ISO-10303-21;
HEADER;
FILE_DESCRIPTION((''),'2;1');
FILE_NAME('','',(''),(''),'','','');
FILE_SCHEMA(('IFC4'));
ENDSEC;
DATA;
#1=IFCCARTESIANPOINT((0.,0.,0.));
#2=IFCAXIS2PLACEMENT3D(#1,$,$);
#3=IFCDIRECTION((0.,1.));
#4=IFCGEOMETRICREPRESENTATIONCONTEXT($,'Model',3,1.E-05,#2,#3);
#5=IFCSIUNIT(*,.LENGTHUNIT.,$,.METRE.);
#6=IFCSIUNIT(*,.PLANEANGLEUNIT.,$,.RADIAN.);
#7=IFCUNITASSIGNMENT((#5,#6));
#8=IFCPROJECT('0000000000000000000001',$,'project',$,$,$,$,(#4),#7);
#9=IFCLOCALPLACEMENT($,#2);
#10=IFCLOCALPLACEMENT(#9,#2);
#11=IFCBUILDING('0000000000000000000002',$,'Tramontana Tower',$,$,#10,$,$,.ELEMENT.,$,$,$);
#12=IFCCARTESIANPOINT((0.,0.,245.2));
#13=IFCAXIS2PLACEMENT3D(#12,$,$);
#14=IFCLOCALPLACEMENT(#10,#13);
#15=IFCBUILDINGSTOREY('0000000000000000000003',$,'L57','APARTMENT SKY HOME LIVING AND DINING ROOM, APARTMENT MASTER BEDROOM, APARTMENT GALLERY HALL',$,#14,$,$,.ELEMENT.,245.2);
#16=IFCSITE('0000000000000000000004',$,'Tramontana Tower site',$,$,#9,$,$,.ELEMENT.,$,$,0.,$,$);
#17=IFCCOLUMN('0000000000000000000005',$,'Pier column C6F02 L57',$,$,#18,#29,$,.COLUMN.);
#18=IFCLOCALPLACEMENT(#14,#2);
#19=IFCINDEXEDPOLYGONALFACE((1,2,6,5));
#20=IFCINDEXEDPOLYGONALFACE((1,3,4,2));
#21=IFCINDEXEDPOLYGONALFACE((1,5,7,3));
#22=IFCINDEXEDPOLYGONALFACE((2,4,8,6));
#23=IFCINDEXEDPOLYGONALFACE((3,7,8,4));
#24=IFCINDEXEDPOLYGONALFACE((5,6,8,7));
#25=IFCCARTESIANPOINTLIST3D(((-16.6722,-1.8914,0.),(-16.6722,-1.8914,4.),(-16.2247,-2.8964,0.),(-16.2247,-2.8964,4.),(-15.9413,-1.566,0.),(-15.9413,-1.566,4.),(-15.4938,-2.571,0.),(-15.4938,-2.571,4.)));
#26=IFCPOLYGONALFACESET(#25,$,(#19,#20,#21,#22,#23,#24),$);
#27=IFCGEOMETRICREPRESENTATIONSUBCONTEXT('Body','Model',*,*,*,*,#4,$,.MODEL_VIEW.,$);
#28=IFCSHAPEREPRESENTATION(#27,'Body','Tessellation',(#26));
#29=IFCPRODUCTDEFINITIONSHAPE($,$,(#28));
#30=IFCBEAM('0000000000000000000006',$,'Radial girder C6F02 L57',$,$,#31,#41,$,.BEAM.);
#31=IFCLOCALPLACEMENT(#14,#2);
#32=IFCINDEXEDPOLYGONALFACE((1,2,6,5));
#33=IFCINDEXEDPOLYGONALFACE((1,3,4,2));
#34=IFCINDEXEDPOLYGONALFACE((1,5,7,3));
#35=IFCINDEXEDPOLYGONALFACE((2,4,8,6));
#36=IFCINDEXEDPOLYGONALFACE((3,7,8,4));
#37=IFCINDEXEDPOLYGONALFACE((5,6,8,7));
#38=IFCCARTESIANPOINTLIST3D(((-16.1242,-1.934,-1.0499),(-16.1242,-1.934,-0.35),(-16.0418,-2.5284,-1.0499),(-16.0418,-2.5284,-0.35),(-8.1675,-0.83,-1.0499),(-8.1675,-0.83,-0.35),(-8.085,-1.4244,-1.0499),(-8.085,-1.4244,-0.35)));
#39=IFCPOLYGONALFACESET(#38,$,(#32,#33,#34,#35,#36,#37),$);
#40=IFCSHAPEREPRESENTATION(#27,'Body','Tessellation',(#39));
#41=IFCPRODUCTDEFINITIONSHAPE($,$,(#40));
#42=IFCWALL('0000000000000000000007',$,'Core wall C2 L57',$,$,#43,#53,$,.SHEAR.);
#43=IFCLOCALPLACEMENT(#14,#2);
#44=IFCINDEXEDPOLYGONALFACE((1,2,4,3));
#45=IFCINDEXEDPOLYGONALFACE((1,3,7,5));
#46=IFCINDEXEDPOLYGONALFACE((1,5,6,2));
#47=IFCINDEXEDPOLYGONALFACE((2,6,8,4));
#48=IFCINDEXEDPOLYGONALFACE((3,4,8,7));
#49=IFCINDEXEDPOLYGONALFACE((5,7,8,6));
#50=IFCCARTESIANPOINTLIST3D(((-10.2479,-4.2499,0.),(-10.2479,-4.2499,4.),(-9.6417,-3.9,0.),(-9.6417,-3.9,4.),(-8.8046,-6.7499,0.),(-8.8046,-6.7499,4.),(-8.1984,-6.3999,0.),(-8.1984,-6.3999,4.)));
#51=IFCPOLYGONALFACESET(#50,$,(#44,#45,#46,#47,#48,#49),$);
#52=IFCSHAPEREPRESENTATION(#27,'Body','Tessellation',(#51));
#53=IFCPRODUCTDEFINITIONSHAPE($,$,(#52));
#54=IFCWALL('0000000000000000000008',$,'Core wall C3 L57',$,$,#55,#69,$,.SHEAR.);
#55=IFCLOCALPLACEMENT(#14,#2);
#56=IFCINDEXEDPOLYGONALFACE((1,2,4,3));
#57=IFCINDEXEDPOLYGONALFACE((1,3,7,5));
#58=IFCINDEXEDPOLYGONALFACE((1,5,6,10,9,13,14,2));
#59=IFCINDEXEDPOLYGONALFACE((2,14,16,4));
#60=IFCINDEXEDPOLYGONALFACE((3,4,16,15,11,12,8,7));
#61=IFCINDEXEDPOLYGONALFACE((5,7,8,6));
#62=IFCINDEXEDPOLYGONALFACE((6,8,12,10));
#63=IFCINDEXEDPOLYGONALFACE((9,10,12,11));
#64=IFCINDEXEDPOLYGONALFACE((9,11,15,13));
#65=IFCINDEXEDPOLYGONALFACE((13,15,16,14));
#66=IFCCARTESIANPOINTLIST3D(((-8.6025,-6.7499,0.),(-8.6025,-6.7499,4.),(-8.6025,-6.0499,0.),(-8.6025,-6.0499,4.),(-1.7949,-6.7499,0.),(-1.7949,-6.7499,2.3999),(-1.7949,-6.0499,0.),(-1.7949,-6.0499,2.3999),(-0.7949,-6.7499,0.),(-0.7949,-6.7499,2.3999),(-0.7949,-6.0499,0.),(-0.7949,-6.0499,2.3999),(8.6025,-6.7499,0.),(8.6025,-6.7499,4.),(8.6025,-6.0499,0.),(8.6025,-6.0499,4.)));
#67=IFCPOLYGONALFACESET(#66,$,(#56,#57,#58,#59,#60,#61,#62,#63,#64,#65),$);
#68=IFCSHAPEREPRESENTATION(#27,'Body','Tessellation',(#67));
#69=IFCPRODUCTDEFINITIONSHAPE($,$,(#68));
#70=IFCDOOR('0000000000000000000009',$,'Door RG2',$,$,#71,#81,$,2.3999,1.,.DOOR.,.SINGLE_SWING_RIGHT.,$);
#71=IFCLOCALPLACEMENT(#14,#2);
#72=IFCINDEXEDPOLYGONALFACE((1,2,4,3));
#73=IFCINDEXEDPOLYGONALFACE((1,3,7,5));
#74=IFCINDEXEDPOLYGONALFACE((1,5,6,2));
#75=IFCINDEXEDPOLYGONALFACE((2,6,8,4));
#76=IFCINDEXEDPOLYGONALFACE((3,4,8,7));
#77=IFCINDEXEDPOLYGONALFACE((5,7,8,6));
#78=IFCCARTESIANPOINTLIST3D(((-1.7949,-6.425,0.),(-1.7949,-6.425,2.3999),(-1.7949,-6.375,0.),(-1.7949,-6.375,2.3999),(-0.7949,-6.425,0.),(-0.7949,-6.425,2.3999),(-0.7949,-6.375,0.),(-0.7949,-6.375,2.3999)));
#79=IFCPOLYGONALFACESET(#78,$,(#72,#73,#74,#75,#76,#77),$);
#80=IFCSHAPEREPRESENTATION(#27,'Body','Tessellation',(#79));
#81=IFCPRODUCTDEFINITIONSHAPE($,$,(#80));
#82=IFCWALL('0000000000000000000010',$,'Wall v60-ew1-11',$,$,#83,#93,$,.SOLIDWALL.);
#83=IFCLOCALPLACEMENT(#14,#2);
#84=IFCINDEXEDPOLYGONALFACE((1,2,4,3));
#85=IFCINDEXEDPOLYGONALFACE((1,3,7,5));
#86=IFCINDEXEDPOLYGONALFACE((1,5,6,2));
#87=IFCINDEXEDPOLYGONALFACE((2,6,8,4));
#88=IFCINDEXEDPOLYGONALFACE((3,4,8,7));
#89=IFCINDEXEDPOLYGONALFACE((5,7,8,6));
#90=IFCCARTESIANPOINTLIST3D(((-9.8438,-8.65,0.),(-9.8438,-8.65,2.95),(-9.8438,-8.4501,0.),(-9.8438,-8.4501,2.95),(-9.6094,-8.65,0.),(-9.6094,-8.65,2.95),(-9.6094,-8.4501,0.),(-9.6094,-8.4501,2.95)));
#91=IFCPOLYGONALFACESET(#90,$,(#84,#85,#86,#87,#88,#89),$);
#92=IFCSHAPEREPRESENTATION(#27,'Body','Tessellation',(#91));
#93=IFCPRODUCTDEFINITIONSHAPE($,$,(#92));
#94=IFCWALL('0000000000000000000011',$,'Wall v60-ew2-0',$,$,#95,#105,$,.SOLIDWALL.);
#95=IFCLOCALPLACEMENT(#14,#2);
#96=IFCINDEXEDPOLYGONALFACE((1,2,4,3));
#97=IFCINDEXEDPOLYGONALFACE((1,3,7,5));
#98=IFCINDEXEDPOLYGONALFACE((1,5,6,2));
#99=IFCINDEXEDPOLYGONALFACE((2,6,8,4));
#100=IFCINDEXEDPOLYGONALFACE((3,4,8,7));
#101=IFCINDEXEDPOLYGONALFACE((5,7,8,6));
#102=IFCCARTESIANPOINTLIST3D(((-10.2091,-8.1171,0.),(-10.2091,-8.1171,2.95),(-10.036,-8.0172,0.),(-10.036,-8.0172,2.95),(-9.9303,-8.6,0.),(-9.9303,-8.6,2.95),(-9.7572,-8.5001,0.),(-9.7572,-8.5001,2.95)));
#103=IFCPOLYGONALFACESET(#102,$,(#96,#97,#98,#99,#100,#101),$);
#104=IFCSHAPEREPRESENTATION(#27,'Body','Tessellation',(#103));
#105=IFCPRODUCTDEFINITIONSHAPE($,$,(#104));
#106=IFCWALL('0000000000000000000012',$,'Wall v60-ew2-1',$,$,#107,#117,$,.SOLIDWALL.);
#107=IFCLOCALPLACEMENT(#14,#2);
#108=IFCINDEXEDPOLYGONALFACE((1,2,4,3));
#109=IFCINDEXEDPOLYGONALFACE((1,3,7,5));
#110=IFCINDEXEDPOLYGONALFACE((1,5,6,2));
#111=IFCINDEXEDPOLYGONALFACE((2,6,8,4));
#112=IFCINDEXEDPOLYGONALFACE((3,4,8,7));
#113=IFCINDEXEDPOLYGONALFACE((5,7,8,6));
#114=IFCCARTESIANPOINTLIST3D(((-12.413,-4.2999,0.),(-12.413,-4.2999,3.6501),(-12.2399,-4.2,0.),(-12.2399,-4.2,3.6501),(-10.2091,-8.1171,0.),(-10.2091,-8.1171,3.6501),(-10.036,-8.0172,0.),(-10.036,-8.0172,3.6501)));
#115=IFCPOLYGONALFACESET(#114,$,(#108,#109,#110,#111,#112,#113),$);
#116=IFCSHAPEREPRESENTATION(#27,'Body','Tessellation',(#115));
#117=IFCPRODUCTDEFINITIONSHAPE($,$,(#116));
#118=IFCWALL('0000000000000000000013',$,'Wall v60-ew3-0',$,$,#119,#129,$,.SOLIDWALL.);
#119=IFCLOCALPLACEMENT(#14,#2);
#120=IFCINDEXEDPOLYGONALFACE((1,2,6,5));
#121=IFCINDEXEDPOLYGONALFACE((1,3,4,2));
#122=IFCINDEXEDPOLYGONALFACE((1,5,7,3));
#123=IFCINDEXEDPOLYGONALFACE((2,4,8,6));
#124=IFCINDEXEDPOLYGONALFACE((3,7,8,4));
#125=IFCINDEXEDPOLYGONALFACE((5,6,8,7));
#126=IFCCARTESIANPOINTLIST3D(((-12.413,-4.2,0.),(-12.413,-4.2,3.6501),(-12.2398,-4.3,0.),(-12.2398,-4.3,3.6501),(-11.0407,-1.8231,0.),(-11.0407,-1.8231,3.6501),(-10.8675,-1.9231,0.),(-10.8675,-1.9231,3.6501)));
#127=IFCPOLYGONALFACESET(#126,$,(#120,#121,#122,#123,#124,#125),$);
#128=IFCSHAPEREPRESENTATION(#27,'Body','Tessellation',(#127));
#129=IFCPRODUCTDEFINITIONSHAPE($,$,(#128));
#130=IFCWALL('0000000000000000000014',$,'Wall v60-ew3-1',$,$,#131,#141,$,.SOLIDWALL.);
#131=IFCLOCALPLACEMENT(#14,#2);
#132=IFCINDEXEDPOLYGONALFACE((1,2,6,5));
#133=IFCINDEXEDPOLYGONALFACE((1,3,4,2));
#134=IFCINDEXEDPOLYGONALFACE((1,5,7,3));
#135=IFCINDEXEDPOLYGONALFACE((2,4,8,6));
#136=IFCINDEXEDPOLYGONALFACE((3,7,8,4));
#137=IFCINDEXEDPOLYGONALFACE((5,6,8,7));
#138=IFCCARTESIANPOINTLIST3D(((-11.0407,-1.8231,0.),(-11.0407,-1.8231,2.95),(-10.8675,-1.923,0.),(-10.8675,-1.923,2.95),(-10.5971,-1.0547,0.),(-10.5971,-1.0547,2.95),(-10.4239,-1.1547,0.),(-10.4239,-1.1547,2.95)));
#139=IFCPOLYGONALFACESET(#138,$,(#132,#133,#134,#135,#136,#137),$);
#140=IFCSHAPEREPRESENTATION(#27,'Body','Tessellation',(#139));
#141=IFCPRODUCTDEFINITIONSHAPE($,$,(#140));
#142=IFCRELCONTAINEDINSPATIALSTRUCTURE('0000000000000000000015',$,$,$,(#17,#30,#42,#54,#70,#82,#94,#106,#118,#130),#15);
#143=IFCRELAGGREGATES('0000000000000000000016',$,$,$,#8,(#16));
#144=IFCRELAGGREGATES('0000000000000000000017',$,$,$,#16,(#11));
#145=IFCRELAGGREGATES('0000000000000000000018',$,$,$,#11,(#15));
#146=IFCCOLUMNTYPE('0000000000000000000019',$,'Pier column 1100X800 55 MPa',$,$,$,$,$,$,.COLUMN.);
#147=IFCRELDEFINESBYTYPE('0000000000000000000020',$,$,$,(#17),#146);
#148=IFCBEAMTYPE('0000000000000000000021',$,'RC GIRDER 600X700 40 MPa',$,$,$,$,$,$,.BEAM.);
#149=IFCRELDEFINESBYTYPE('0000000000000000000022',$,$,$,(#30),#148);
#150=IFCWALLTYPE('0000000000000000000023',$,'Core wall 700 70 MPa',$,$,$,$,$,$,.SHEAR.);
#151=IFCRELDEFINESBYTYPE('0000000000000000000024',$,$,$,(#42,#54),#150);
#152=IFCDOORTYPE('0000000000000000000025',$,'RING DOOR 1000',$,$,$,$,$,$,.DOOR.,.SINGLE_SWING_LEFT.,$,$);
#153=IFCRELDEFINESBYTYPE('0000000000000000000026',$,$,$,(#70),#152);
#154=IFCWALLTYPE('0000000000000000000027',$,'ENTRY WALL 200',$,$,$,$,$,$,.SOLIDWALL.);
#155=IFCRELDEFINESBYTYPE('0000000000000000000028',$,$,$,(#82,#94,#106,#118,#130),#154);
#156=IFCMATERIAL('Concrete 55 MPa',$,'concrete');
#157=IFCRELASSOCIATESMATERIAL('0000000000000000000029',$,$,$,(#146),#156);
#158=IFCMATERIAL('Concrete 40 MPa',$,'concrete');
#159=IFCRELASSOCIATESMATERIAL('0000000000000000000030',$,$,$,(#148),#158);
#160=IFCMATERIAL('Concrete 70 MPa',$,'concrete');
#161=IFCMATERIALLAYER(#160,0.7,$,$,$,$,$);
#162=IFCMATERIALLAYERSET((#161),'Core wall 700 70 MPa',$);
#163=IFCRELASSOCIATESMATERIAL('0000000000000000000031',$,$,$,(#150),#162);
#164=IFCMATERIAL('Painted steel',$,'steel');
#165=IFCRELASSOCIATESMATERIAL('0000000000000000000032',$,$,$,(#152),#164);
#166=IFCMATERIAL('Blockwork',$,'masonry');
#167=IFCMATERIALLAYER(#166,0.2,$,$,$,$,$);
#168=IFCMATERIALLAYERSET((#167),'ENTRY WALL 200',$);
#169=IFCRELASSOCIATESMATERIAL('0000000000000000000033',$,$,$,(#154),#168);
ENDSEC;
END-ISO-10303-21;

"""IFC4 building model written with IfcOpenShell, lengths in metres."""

from ifc_helpers import new_model, si_unit, direction, frame, frame_2d, origin, origin_2d, place, context, subcontext, project, spatial, rectangle, extrude, material, layer, layer_set, material_profile, profile_set, type_object, element, fill, save


model = new_model("IFC4")

# Units and contexts
model_context = context("Model", 3, precision=1e-05, world=origin(), true_north=direction((0.0, 1.0)))
body_context = subcontext(model_context, "Body", "Model", "MODEL_VIEW")
ifc_project = project(units=[si_unit("LENGTHUNIT", "METRE"), si_unit("PLANEANGLEUNIT", "RADIAN")], contexts=[model_context])

# Site, building, storey
site_placement = place(None, origin())
site = spatial("IfcSite", under=ifc_project, at=site_placement, Name="Tramontana Tower site", CompositionType="ELEMENT", RefElevation=0.0)
building_placement = place(site_placement, origin())
building = spatial("IfcBuilding", under=site, at=building_placement, Name="Tramontana Tower", CompositionType="ELEMENT")
storey_placement = place(building_placement, frame((0.0, 0.0, 245.2)))
storey = spatial("IfcBuildingStorey", under=building, at=storey_placement, Name="L57", Description="APARTMENT SKY HOME LIVING AND DINING ROOM, APARTMENT MASTER BEDROOM, APARTMENT GALLERY HALL", CompositionType="ELEMENT", Elevation=245.2)

# Column
ifc_material_1 = material(Name="Concrete 55 MPa", Category="concrete")
ifc_material_profile_1 = material_profile(ifc_material_1, rectangle(XDim=1.1001, YDim=0.8, at=origin_2d()), Name="Pier column 1100X800 55 MPa")
ifc_profile_set_1 = profile_set([ifc_material_profile_1], Name="Concrete 55 MPa")
column_type = type_object("IfcColumnType", Name="Pier column 1100X800 55 MPa", PredefinedType="COLUMN", material=ifc_profile_set_1)
column_placement = place(storey_placement, frame((-16.083, -2.2312, 0.0), z_axis=(0.0, 0.0, 1.0), x_axis=(0.406737, -0.913545, 0.0)))
element("IfcColumn", 1, at=column_placement, inside=storey, type_object=column_type, Name="Pier column C6F02 L57", PredefinedType="COLUMN", context=body_context, shape_type="SweptSolid", body=[
    extrude(rectangle(XDim=1.1001, YDim=0.8, at=origin_2d()), origin(), (0.0, 0.0, 1.0), 4.0),
])

# Beam
ifc_material_2 = material(Name="Concrete 40 MPa", Category="concrete")
ifc_material_profile_2 = material_profile(ifc_material_2, rectangle(XDim=0.6001, YDim=0.7, at=origin_2d()), Name="RC GIRDER 600X700 40 MPa")
ifc_profile_set_2 = profile_set([ifc_material_profile_2], Name="Concrete 40 MPa")
beam_type = type_object("IfcBeamType", Name="RC GIRDER 600X700 40 MPa", PredefinedType="BEAM", material=ifc_profile_set_2)
beam_placement = place(storey_placement, frame((-16.083, -2.2312, -0.7), z_axis=(0.990511, 0.137433, 0.0), x_axis=(-0.137433, 0.990511, 0.0)))
element("IfcBeam", 2, at=beam_placement, inside=storey, type_object=beam_type, Name="Radial girder C6F02 L57", PredefinedType="BEAM", context=body_context, shape_type="SweptSolid", body=[
    extrude(rectangle(XDim=0.6001, YDim=0.7, at=origin_2d()), origin(), (0.0, 0.0, 1.0), 8.033),
])

# Wall
ifc_material_3 = material(Name="Concrete 70 MPa", Category="concrete")
ifc_layer_1 = layer(ifc_material_3, 0.7)
ifc_layer_set_1 = layer_set([ifc_layer_1], Name="Core wall 700 70 MPa")
wall_type_1 = type_object("IfcWallType", Name="Core wall 700 70 MPa", PredefinedType="SHEAR", material=ifc_layer_set_1)
wall_1_placement = place(storey_placement, frame((-9.9448, -4.075, 0.0), z_axis=(0.0, 0.0, 1.0), x_axis=(0.499996, -0.866028, 0.0)))
element("IfcWall", 3, at=wall_1_placement, inside=storey, type_object=wall_type_1, Name="Core wall C2 L57", PredefinedType="SHEAR", context=body_context, shape_type="SweptSolid", body=[
    extrude(rectangle(XDim=2.8867, YDim=0.7, at=frame_2d((1.4434, 0.0))), origin(), (0.0, 0.0, 1.0), 4.0),
])

# Wall, opening, door
wall_2_placement = place(storey_placement, frame((-8.6025, -6.3999, 0.0), z_axis=(0.0, 0.0, 1.0), x_axis=(1.0, 0.0, 0.0)))
wall_2 = element("IfcWall", 4, at=wall_2_placement, inside=storey, type_object=wall_type_1, Name="Core wall C3 L57", PredefinedType="SHEAR", context=body_context, shape_type="SweptSolid", body=[
    extrude(rectangle(XDim=17.2051, YDim=0.7, at=frame_2d((8.6025, 0.0))), origin(), (0.0, 0.0, 1.0), 4.0),
])
opening_1_placement = place(wall_2_placement, frame((6.8076, 0.0, 0.0)))
opening_1 = element("IfcOpeningElement", 5, at=opening_1_placement, cuts=wall_2, PredefinedType="OPENING", context=body_context, shape_type="SweptSolid", body=[
    extrude(rectangle(XDim=1.0, YDim=2.3999, at=frame_2d((0.5, 1.2))), frame((0.0, 0.3599, 0.0), z_axis=(0.0, -1.0, 0.0), x_axis=(1.0, 0.0, 0.0)), (0.0, 0.0, 1.0), 0.72),
])
ifc_material_4 = material(Name="Painted steel", Category="steel")
door_type_1 = type_object("IfcDoorType", Name="RING DOOR 1000", OperationType="SINGLE_SWING_LEFT", PredefinedType="DOOR", material=ifc_material_4)
door_1_placement = place(opening_1_placement, origin())
door_1 = element("IfcDoor", 6, at=door_1_placement, inside=storey, type_object=door_type_1, Name="Door RG2", OperationType="SINGLE_SWING_RIGHT", OverallHeight=2.3999, OverallWidth=1.0, PredefinedType="DOOR", context=body_context, shape_type="SweptSolid", body=[
    extrude(rectangle(XDim=1.0, YDim=2.3999, at=frame_2d((0.5, 1.2))), frame((0.0, 0.0249, 0.0), z_axis=(0.0, -1.0, 0.0), x_axis=(1.0, 0.0, 0.0)), (0.0, 0.0, 1.0), 0.05),
])
fill(opening_1, door_1)

# Walls
ifc_material_5 = material(Name="Blockwork", Category="masonry")
ifc_layer_2 = layer(ifc_material_5, 0.2)
ifc_layer_set_2 = layer_set([ifc_layer_2], Name="ENTRY WALL 200")
wall_type_2 = type_object("IfcWallType", Name="ENTRY WALL 200", PredefinedType="SOLIDWALL", material=ifc_layer_set_2)
wall_3_placement = place(storey_placement, frame((-9.6094, -8.55, 0.0), z_axis=(0.0, 0.0, 1.0), x_axis=(-1.0, 0.0, 0.0)))
element("IfcWall", 7, at=wall_3_placement, inside=storey, type_object=wall_type_2, Name="Wall v60-ew1-11", PredefinedType="SOLIDWALL", context=body_context, shape_type="SweptSolid", body=[
    extrude(rectangle(XDim=0.2344, YDim=0.2, at=frame_2d((0.1172, 0.0))), origin(), (0.0, 0.0, 1.0), 2.95),
])
wall_4_placement = place(storey_placement, frame((-9.8438, -8.55, 0.0), z_axis=(0.0, 0.0, 1.0), x_axis=(-0.5, 0.866025, 0.0)))
element("IfcWall", 8, at=wall_4_placement, inside=storey, type_object=wall_type_2, Name="Wall v60-ew2-0", PredefinedType="SOLIDWALL", context=body_context, shape_type="SweptSolid", body=[
    extrude(rectangle(XDim=0.5576, YDim=0.2, at=frame_2d((0.2788, 0.0))), origin(), (0.0, 0.0, 1.0), 2.95),
])
wall_5_placement = place(storey_placement, frame((-10.1226, -8.0671, 0.0), z_axis=(0.0, 0.0, 1.0), x_axis=(-0.500005, 0.866022, 0.0)))
element("IfcWall", 9, at=wall_5_placement, inside=storey, type_object=wall_type_2, Name="Wall v60-ew2-1", PredefinedType="SOLIDWALL", context=body_context, shape_type="SweptSolid", body=[
    extrude(rectangle(XDim=4.4077, YDim=0.2, at=frame_2d((2.2039, 0.0))), origin(), (0.0, 0.0, 1.0), 3.6501),
])
wall_6_placement = place(storey_placement, frame((-12.3264, -4.25, 0.0), z_axis=(0.0, 0.0, 1.0), x_axis=(0.499995, 0.866029, 0.0)))
element("IfcWall", 10, at=wall_6_placement, inside=storey, type_object=wall_type_2, Name="Wall v60-ew3-0", PredefinedType="SOLIDWALL", context=body_context, shape_type="SweptSolid", body=[
    extrude(rectangle(XDim=2.7446, YDim=0.2, at=frame_2d((1.3723, 0.0))), origin(), (0.0, 0.0, 1.0), 3.6501),
])
wall_7_placement = place(storey_placement, frame((-10.9541, -1.873, 0.0), z_axis=(0.0, 0.0, 1.0), x_axis=(0.500016, 0.866016, 0.0)))
element("IfcWall", 11, at=wall_7_placement, inside=storey, type_object=wall_type_2, Name="Wall v60-ew3-1", PredefinedType="SOLIDWALL", context=body_context, shape_type="SweptSolid", body=[
    extrude(rectangle(XDim=0.8872, YDim=0.2, at=frame_2d((0.4436, 0.0))), origin(), (0.0, 0.0, 1.0), 2.95),
])

save(model, "model.ifc")
